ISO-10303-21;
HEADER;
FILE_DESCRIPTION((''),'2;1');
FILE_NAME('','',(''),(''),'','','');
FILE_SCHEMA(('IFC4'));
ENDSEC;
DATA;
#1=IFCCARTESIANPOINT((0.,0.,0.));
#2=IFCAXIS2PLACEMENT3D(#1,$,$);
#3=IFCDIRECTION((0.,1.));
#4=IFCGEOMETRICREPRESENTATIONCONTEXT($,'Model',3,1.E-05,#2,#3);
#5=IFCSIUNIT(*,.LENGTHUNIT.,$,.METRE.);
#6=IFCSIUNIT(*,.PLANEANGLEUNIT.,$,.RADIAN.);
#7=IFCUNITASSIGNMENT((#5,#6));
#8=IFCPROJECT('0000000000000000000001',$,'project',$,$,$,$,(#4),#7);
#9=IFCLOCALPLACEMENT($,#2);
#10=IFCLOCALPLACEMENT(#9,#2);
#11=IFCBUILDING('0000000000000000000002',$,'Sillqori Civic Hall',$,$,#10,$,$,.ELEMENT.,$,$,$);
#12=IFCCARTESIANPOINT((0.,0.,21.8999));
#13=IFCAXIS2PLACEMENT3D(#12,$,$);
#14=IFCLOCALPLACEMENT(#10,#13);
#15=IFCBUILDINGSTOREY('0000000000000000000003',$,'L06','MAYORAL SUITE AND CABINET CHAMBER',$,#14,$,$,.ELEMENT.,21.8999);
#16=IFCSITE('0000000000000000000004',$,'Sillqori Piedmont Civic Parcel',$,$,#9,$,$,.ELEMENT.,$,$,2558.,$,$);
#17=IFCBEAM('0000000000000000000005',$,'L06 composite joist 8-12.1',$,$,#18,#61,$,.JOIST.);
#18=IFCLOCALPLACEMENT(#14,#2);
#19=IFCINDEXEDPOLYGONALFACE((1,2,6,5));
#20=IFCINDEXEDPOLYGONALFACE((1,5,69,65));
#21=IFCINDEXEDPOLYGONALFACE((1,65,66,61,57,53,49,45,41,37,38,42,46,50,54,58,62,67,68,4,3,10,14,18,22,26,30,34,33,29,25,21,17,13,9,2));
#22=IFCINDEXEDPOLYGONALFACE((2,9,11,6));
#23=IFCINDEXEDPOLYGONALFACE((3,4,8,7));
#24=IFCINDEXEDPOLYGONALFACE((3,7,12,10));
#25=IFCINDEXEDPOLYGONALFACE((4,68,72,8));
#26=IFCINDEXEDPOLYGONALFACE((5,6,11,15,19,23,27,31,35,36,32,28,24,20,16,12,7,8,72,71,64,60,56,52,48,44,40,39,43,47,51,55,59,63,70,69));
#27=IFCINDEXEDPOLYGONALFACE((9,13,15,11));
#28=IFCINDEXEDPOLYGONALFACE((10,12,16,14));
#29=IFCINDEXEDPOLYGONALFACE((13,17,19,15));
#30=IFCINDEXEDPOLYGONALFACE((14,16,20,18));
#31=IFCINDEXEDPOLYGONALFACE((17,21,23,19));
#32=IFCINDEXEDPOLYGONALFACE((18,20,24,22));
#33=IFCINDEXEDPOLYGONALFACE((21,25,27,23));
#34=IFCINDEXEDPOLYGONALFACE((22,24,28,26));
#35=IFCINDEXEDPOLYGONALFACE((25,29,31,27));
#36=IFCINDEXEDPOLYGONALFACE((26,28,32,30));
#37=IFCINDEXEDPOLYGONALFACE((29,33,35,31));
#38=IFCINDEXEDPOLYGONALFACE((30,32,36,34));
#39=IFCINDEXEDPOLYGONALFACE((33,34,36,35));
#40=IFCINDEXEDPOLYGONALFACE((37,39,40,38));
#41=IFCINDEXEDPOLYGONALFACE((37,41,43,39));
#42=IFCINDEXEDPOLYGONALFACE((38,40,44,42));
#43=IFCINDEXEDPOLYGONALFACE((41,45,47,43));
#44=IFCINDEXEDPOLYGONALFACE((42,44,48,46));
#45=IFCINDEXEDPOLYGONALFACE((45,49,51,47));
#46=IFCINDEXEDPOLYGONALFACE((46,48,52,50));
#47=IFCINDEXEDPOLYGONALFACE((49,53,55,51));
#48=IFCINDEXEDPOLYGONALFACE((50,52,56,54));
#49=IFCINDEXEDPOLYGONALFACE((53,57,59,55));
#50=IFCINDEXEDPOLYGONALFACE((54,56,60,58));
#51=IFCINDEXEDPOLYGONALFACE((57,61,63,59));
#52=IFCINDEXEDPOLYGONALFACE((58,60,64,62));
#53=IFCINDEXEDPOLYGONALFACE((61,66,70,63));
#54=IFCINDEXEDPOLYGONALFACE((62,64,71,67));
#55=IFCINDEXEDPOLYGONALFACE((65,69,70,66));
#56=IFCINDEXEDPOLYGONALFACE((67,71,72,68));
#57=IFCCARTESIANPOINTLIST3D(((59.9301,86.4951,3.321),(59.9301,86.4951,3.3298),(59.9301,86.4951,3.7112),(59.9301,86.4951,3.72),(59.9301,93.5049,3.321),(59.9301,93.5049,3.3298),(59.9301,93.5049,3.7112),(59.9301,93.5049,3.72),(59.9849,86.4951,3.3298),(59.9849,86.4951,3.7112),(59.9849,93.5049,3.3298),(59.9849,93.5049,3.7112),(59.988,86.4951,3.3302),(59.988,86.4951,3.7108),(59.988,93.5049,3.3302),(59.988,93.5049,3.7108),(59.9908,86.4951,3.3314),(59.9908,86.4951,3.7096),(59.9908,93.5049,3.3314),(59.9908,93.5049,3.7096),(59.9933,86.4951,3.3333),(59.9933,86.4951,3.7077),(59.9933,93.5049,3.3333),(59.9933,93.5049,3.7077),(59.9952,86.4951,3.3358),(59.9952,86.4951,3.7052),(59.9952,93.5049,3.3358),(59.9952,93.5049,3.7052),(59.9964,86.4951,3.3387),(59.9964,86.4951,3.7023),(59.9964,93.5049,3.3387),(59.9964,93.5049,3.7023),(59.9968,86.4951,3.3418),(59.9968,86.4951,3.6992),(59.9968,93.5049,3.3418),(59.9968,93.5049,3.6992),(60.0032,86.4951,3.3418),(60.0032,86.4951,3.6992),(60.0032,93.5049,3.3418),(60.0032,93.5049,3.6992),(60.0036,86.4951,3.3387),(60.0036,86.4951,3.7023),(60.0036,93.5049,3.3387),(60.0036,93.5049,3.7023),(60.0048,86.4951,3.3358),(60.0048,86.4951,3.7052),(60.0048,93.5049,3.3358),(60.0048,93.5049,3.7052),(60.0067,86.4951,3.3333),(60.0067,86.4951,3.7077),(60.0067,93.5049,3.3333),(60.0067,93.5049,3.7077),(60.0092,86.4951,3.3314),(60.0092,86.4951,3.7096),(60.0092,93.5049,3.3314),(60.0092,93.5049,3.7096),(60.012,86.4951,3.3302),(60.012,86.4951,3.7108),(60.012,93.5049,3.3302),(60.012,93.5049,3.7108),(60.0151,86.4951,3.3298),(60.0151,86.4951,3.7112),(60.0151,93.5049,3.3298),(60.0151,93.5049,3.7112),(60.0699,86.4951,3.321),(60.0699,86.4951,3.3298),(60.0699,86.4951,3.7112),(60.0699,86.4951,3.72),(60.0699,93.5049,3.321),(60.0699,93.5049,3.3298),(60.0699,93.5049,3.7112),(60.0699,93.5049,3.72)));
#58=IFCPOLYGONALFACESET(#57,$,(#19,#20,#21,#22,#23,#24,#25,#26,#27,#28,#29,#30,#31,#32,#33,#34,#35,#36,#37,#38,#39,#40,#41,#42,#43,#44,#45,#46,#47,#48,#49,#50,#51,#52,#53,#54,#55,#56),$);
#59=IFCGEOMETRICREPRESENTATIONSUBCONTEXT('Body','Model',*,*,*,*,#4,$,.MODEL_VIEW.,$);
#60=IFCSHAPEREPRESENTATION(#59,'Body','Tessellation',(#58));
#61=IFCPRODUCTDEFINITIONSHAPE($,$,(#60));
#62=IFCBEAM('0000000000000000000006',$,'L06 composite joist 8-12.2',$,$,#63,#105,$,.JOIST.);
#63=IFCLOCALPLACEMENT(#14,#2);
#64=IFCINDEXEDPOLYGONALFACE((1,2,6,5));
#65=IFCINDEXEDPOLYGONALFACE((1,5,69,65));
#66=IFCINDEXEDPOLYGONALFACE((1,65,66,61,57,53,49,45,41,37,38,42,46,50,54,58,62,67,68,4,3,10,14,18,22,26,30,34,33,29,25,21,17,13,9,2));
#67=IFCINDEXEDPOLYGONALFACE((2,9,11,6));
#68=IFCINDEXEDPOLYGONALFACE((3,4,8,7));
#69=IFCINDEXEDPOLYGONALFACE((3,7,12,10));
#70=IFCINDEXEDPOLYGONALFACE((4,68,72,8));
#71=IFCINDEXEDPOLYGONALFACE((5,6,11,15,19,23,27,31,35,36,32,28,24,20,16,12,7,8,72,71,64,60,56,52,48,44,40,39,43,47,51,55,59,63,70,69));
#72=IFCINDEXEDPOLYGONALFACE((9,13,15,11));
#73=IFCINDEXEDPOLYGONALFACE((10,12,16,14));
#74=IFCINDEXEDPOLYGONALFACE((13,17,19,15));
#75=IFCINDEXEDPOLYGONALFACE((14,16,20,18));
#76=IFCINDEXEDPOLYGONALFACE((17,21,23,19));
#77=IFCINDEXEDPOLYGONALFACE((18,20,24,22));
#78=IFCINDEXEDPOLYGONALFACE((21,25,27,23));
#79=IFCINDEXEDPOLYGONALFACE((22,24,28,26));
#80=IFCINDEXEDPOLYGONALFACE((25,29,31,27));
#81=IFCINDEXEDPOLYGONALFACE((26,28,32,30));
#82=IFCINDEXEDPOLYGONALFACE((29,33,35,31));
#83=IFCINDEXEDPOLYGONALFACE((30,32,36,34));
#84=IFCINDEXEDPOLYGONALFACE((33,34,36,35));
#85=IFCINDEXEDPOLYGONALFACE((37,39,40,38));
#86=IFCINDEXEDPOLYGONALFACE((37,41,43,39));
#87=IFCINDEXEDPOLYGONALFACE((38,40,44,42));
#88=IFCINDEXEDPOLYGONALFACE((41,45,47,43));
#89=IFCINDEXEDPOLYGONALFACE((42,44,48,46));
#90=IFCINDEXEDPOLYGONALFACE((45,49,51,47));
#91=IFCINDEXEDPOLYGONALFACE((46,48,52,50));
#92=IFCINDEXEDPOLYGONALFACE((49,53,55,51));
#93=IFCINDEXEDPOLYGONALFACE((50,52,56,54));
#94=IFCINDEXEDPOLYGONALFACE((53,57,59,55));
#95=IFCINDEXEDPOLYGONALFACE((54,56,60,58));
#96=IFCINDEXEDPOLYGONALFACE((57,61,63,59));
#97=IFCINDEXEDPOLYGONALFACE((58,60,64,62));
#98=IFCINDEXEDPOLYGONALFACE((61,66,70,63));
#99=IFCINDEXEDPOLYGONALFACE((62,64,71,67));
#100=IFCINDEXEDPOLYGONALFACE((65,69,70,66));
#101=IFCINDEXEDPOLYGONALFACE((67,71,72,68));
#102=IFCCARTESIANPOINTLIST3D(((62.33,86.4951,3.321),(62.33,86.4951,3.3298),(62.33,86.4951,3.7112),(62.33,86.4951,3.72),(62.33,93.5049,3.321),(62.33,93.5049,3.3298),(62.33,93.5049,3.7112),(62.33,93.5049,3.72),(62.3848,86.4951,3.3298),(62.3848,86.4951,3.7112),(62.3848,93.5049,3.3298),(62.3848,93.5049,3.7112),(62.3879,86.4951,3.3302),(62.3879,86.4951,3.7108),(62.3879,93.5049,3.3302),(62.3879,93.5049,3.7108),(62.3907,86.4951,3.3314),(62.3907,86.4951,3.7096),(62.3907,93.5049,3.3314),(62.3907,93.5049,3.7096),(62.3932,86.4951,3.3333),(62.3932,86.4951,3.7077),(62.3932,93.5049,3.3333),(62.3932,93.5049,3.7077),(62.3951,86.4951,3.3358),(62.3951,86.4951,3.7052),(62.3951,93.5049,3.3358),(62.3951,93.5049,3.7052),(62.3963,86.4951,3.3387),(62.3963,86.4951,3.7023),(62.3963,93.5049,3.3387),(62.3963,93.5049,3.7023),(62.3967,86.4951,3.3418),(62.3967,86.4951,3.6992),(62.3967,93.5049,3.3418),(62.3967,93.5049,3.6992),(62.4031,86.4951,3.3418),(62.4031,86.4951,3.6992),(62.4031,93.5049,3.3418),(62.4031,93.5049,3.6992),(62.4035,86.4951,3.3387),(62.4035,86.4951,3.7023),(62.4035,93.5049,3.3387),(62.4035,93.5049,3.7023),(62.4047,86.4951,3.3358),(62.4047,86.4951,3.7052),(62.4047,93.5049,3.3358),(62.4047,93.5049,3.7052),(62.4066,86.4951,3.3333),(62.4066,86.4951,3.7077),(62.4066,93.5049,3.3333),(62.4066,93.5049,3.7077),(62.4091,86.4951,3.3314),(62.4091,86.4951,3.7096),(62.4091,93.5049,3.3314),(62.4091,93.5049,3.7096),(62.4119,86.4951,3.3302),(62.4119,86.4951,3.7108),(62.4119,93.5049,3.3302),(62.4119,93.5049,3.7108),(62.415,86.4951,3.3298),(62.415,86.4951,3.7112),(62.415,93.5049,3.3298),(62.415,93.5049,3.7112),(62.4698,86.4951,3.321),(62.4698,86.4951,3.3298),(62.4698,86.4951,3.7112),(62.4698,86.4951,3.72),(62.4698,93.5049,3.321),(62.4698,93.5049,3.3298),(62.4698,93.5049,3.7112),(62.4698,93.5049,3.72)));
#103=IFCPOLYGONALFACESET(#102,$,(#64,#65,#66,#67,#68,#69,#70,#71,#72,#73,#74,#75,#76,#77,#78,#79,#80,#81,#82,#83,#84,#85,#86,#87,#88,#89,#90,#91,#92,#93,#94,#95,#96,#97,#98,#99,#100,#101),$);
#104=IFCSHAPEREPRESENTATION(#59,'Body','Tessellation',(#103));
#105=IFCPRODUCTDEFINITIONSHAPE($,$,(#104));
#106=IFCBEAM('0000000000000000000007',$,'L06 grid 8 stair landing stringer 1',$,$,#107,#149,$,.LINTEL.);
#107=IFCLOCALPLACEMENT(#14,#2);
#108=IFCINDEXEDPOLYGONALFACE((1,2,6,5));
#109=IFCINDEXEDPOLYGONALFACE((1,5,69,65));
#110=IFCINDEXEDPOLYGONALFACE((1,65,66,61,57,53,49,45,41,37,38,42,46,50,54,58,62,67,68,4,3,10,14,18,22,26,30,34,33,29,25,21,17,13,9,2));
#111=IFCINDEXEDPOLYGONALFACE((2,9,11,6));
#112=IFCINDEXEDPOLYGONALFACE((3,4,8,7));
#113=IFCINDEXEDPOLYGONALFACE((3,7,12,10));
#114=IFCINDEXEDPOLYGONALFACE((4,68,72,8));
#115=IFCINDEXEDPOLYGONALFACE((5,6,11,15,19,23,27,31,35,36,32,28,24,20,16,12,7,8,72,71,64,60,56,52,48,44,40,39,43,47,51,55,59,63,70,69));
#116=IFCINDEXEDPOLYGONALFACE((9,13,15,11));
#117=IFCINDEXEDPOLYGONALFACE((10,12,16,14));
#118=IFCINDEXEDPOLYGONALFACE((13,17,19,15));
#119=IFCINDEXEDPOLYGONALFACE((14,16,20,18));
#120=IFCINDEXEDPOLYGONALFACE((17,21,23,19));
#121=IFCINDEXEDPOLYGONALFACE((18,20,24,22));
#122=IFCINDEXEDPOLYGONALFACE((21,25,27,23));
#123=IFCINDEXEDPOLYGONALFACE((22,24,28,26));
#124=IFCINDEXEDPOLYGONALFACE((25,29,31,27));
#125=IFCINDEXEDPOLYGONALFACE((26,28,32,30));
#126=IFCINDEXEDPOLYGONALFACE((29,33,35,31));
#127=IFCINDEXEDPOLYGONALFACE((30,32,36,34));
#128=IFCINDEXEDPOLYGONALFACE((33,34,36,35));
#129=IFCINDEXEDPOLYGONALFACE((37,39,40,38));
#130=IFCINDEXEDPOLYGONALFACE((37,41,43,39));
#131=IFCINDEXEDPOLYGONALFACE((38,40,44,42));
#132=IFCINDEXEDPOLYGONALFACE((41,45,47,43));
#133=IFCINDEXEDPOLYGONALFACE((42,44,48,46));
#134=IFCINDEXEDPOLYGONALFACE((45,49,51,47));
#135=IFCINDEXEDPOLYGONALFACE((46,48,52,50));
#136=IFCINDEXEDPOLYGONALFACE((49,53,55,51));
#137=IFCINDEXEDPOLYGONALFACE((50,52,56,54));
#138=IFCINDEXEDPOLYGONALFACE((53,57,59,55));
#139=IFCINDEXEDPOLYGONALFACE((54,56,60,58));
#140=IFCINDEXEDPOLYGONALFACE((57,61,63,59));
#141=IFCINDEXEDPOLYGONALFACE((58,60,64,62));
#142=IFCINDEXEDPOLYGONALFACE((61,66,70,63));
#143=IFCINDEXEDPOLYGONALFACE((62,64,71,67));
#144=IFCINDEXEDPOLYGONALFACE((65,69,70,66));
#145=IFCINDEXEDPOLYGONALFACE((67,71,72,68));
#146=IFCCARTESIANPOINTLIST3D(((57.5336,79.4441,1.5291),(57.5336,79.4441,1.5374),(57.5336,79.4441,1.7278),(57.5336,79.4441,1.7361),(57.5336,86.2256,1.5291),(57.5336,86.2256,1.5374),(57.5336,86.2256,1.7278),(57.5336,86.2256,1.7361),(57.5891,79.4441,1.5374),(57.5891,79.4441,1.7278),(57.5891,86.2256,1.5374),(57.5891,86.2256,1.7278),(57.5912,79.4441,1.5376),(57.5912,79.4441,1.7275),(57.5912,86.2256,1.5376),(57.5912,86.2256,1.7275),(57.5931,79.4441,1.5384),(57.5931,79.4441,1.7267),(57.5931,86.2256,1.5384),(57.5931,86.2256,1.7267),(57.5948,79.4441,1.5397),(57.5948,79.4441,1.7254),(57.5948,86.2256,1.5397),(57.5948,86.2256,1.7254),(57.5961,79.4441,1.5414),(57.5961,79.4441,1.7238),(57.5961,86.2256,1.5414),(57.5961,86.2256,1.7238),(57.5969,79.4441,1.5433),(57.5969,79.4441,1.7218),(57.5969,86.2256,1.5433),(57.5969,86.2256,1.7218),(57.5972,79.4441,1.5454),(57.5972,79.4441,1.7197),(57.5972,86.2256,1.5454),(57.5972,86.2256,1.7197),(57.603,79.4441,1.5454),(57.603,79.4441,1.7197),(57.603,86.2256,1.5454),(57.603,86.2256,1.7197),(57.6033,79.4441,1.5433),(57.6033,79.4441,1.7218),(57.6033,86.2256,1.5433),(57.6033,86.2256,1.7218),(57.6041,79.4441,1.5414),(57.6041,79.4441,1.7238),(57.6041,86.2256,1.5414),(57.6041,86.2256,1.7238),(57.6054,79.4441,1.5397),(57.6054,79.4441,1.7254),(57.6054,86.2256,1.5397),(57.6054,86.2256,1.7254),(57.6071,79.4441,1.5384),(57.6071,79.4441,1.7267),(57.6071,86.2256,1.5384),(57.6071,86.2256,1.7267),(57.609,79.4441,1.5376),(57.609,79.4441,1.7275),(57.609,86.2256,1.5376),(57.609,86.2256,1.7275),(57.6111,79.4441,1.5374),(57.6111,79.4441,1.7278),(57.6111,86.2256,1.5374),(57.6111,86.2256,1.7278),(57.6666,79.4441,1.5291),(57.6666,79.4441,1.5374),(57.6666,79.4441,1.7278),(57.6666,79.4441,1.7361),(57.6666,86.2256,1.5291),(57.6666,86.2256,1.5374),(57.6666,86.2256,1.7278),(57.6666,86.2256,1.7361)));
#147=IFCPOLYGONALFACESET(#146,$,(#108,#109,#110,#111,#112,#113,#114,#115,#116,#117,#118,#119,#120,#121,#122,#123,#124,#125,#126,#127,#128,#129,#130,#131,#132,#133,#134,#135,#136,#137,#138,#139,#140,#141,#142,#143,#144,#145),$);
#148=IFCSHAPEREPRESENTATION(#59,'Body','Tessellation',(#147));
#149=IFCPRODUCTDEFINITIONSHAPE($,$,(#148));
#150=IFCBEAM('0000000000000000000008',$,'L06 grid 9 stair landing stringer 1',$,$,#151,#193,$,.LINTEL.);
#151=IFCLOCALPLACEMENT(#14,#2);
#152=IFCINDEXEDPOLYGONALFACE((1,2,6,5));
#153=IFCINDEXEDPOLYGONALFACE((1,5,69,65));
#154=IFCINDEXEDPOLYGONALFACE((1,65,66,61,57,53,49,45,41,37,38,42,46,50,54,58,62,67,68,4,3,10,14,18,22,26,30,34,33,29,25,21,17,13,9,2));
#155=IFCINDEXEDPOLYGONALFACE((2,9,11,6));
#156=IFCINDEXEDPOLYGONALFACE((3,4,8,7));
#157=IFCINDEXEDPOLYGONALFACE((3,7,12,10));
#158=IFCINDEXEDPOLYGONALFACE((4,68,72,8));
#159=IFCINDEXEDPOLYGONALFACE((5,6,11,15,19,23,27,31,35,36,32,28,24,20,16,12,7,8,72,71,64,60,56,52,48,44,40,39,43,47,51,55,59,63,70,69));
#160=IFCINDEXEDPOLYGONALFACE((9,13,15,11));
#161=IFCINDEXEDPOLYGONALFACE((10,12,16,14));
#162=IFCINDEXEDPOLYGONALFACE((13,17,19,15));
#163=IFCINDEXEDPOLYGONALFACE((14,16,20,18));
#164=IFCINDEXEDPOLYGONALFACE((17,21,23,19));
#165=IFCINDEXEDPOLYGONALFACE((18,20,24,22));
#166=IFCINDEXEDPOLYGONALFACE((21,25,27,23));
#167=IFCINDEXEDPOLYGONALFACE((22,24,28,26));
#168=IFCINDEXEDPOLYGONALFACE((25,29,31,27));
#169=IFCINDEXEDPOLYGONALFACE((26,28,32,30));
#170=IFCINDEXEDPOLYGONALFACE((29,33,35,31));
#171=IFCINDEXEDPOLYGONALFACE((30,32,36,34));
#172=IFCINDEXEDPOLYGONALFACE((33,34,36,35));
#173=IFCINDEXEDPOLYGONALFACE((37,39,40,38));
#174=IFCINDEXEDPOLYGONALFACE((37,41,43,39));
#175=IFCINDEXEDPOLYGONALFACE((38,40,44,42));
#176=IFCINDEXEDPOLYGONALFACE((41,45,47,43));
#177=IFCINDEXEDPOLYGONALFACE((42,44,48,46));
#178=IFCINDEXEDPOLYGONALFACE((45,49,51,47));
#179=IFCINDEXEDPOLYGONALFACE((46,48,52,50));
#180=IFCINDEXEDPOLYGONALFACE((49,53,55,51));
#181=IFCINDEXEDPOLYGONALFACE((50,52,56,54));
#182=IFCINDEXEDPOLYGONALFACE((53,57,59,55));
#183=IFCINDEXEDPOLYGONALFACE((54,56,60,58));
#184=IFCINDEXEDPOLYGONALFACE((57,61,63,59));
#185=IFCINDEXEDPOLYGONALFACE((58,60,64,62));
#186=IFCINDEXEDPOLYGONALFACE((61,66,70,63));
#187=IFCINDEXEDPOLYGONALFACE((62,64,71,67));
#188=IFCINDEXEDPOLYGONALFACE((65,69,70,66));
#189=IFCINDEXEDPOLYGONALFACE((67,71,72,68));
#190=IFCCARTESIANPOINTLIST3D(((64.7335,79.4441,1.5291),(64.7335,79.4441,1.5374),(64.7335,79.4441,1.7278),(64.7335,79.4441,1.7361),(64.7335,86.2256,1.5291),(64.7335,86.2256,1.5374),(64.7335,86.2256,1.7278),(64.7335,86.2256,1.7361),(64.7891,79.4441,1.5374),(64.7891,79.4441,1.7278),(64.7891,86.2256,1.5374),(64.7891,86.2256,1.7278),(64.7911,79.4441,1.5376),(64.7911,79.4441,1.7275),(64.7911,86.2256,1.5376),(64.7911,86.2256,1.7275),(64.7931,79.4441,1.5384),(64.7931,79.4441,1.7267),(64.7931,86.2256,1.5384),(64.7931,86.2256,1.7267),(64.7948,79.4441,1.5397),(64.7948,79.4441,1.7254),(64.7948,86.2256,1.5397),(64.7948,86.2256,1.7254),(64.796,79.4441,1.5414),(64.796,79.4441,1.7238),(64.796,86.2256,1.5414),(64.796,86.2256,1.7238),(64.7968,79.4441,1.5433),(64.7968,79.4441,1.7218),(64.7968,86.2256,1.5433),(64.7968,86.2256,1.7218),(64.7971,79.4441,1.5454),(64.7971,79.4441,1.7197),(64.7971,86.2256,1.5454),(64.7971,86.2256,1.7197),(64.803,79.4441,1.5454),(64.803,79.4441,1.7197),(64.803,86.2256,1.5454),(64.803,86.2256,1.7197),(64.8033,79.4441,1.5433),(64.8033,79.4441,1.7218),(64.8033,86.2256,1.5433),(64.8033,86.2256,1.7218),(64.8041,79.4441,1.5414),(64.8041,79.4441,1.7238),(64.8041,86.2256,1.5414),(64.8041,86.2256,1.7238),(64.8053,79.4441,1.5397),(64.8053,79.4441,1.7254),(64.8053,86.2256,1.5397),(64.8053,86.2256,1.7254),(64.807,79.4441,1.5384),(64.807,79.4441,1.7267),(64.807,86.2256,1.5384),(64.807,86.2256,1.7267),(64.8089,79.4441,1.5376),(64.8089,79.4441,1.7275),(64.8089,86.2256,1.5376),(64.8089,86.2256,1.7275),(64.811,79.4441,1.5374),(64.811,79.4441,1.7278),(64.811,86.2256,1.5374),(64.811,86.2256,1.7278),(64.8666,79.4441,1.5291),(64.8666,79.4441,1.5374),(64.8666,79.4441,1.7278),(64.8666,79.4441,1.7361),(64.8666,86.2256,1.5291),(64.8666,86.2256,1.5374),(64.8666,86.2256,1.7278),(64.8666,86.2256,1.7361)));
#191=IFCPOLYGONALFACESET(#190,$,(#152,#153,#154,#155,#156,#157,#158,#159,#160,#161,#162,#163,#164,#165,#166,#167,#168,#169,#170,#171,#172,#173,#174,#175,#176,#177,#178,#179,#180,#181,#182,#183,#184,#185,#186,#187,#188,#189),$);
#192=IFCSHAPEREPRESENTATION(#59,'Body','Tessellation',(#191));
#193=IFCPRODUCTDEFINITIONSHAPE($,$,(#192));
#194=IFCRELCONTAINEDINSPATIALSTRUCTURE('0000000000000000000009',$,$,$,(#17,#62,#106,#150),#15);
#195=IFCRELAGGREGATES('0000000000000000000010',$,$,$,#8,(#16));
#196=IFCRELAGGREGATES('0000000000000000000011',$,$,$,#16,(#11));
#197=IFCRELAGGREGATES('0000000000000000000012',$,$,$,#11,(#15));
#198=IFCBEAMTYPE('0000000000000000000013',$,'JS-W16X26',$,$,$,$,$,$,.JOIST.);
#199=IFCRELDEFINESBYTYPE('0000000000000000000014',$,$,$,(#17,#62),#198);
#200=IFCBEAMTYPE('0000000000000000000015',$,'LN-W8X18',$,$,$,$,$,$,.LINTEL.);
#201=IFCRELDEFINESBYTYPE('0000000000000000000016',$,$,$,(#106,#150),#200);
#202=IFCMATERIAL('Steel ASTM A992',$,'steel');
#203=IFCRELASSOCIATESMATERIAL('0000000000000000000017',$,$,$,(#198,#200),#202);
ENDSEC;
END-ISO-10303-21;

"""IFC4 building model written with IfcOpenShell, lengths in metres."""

from ifc_helpers import new_model, si_unit, direction, frame, origin, origin_2d, place, context, subcontext, project, spatial, i_section, extrude, material, material_profile, profile_set, type_object, element, save


model = new_model("IFC4")

# Units and contexts
model_context = context("Model", 3, precision=1e-05, world=origin(), true_north=direction((0.0, 1.0)))
body_context = subcontext(model_context, "Body", "Model", "MODEL_VIEW")
ifc_project = project(units=[si_unit("LENGTHUNIT", "METRE"), si_unit("PLANEANGLEUNIT", "RADIAN")], contexts=[model_context])

# Site, building, storey
site_placement = place(None, origin())
site = spatial("IfcSite", under=ifc_project, at=site_placement, Name="Sillqori Piedmont Civic Parcel", CompositionType="ELEMENT", RefElevation=2558.0)
building_placement = place(site_placement, origin())
building = spatial("IfcBuilding", under=site, at=building_placement, Name="Sillqori Civic Hall", CompositionType="ELEMENT")
storey_placement = place(building_placement, frame((0.0, 0.0, 21.8999)))
storey = spatial("IfcBuildingStorey", under=building, at=storey_placement, Name="L06", Description="MAYORAL SUITE AND CABINET CHAMBER", CompositionType="ELEMENT", Elevation=21.8999)

# Shared definitions
ifc_material_1 = material(Name="Steel ASTM A992", Category="steel")

# Beams
ifc_material_profile_1 = material_profile(ifc_material_1, i_section(OverallWidth=0.1399, OverallDepth=0.3989, WebThickness=0.0063, FlangeThickness=0.0088, FilletRadius=0.012, at=origin_2d()), Name="W16X26")
ifc_profile_set_1 = profile_set([ifc_material_profile_1], Name="Steel ASTM A992")
beam_type_1 = type_object("IfcBeamType", Name="JS-W16X26", PredefinedType="JOIST", material=ifc_profile_set_1)
for number, where, z_axis, x_axis, name in (
    (1, (60.0, 86.4951, 3.5205), (0.0, 1.0, 0.0), (-1.0, 0.0, 0.0), "L06 composite joist 8-12.1"),
    (2, (62.3999, 86.4951, 3.5205), (0.0, 1.0, 0.0), (-1.0, 0.0, 0.0), "L06 composite joist 8-12.2"),
):
    element("IfcBeam", number, at=place(storey_placement, frame(where, z_axis=z_axis, x_axis=x_axis)), inside=storey, type_object=beam_type_1, Name=name, PredefinedType="JOIST", context=body_context, shape_type="SweptSolid", body=[
        extrude(i_section(OverallWidth=0.1399, OverallDepth=0.3989, WebThickness=0.0063, FlangeThickness=0.0088, FilletRadius=0.012, at=origin_2d()), origin(), (0.0, 0.0, 1.0), 7.0098),
    ])
ifc_material_profile_2 = material_profile(ifc_material_1, i_section(OverallWidth=0.1331, OverallDepth=0.207, WebThickness=0.0059, FlangeThickness=0.0083, FilletRadius=0.0081, at=origin_2d()), Name="W8X18")
ifc_profile_set_2 = profile_set([ifc_material_profile_2], Name="Steel ASTM A992")
beam_type_2 = type_object("IfcBeamType", Name="LN-W8X18", PredefinedType="LINTEL", material=ifc_profile_set_2)
for number, where, z_axis, x_axis, name in (
    (3, (57.6001, 79.4441, 1.6326), (0.0, 1.0, 0.0), (-1.0, 0.0, 0.0), "L06 grid 8 stair landing stringer 1"),
    (4, (64.8, 79.4441, 1.6326), (0.0, 1.0, 0.0), (-1.0, 0.0, 0.0), "L06 grid 9 stair landing stringer 1"),
):
    element("IfcBeam", number, at=place(storey_placement, frame(where, z_axis=z_axis, x_axis=x_axis)), inside=storey, type_object=beam_type_2, Name=name, PredefinedType="LINTEL", context=body_context, shape_type="SweptSolid", body=[
        extrude(i_section(OverallWidth=0.1331, OverallDepth=0.207, WebThickness=0.0059, FlangeThickness=0.0083, FilletRadius=0.0081, at=origin_2d()), origin(), (0.0, 0.0, 1.0), 6.7815),
    ])

save(model, "model.ifc")
